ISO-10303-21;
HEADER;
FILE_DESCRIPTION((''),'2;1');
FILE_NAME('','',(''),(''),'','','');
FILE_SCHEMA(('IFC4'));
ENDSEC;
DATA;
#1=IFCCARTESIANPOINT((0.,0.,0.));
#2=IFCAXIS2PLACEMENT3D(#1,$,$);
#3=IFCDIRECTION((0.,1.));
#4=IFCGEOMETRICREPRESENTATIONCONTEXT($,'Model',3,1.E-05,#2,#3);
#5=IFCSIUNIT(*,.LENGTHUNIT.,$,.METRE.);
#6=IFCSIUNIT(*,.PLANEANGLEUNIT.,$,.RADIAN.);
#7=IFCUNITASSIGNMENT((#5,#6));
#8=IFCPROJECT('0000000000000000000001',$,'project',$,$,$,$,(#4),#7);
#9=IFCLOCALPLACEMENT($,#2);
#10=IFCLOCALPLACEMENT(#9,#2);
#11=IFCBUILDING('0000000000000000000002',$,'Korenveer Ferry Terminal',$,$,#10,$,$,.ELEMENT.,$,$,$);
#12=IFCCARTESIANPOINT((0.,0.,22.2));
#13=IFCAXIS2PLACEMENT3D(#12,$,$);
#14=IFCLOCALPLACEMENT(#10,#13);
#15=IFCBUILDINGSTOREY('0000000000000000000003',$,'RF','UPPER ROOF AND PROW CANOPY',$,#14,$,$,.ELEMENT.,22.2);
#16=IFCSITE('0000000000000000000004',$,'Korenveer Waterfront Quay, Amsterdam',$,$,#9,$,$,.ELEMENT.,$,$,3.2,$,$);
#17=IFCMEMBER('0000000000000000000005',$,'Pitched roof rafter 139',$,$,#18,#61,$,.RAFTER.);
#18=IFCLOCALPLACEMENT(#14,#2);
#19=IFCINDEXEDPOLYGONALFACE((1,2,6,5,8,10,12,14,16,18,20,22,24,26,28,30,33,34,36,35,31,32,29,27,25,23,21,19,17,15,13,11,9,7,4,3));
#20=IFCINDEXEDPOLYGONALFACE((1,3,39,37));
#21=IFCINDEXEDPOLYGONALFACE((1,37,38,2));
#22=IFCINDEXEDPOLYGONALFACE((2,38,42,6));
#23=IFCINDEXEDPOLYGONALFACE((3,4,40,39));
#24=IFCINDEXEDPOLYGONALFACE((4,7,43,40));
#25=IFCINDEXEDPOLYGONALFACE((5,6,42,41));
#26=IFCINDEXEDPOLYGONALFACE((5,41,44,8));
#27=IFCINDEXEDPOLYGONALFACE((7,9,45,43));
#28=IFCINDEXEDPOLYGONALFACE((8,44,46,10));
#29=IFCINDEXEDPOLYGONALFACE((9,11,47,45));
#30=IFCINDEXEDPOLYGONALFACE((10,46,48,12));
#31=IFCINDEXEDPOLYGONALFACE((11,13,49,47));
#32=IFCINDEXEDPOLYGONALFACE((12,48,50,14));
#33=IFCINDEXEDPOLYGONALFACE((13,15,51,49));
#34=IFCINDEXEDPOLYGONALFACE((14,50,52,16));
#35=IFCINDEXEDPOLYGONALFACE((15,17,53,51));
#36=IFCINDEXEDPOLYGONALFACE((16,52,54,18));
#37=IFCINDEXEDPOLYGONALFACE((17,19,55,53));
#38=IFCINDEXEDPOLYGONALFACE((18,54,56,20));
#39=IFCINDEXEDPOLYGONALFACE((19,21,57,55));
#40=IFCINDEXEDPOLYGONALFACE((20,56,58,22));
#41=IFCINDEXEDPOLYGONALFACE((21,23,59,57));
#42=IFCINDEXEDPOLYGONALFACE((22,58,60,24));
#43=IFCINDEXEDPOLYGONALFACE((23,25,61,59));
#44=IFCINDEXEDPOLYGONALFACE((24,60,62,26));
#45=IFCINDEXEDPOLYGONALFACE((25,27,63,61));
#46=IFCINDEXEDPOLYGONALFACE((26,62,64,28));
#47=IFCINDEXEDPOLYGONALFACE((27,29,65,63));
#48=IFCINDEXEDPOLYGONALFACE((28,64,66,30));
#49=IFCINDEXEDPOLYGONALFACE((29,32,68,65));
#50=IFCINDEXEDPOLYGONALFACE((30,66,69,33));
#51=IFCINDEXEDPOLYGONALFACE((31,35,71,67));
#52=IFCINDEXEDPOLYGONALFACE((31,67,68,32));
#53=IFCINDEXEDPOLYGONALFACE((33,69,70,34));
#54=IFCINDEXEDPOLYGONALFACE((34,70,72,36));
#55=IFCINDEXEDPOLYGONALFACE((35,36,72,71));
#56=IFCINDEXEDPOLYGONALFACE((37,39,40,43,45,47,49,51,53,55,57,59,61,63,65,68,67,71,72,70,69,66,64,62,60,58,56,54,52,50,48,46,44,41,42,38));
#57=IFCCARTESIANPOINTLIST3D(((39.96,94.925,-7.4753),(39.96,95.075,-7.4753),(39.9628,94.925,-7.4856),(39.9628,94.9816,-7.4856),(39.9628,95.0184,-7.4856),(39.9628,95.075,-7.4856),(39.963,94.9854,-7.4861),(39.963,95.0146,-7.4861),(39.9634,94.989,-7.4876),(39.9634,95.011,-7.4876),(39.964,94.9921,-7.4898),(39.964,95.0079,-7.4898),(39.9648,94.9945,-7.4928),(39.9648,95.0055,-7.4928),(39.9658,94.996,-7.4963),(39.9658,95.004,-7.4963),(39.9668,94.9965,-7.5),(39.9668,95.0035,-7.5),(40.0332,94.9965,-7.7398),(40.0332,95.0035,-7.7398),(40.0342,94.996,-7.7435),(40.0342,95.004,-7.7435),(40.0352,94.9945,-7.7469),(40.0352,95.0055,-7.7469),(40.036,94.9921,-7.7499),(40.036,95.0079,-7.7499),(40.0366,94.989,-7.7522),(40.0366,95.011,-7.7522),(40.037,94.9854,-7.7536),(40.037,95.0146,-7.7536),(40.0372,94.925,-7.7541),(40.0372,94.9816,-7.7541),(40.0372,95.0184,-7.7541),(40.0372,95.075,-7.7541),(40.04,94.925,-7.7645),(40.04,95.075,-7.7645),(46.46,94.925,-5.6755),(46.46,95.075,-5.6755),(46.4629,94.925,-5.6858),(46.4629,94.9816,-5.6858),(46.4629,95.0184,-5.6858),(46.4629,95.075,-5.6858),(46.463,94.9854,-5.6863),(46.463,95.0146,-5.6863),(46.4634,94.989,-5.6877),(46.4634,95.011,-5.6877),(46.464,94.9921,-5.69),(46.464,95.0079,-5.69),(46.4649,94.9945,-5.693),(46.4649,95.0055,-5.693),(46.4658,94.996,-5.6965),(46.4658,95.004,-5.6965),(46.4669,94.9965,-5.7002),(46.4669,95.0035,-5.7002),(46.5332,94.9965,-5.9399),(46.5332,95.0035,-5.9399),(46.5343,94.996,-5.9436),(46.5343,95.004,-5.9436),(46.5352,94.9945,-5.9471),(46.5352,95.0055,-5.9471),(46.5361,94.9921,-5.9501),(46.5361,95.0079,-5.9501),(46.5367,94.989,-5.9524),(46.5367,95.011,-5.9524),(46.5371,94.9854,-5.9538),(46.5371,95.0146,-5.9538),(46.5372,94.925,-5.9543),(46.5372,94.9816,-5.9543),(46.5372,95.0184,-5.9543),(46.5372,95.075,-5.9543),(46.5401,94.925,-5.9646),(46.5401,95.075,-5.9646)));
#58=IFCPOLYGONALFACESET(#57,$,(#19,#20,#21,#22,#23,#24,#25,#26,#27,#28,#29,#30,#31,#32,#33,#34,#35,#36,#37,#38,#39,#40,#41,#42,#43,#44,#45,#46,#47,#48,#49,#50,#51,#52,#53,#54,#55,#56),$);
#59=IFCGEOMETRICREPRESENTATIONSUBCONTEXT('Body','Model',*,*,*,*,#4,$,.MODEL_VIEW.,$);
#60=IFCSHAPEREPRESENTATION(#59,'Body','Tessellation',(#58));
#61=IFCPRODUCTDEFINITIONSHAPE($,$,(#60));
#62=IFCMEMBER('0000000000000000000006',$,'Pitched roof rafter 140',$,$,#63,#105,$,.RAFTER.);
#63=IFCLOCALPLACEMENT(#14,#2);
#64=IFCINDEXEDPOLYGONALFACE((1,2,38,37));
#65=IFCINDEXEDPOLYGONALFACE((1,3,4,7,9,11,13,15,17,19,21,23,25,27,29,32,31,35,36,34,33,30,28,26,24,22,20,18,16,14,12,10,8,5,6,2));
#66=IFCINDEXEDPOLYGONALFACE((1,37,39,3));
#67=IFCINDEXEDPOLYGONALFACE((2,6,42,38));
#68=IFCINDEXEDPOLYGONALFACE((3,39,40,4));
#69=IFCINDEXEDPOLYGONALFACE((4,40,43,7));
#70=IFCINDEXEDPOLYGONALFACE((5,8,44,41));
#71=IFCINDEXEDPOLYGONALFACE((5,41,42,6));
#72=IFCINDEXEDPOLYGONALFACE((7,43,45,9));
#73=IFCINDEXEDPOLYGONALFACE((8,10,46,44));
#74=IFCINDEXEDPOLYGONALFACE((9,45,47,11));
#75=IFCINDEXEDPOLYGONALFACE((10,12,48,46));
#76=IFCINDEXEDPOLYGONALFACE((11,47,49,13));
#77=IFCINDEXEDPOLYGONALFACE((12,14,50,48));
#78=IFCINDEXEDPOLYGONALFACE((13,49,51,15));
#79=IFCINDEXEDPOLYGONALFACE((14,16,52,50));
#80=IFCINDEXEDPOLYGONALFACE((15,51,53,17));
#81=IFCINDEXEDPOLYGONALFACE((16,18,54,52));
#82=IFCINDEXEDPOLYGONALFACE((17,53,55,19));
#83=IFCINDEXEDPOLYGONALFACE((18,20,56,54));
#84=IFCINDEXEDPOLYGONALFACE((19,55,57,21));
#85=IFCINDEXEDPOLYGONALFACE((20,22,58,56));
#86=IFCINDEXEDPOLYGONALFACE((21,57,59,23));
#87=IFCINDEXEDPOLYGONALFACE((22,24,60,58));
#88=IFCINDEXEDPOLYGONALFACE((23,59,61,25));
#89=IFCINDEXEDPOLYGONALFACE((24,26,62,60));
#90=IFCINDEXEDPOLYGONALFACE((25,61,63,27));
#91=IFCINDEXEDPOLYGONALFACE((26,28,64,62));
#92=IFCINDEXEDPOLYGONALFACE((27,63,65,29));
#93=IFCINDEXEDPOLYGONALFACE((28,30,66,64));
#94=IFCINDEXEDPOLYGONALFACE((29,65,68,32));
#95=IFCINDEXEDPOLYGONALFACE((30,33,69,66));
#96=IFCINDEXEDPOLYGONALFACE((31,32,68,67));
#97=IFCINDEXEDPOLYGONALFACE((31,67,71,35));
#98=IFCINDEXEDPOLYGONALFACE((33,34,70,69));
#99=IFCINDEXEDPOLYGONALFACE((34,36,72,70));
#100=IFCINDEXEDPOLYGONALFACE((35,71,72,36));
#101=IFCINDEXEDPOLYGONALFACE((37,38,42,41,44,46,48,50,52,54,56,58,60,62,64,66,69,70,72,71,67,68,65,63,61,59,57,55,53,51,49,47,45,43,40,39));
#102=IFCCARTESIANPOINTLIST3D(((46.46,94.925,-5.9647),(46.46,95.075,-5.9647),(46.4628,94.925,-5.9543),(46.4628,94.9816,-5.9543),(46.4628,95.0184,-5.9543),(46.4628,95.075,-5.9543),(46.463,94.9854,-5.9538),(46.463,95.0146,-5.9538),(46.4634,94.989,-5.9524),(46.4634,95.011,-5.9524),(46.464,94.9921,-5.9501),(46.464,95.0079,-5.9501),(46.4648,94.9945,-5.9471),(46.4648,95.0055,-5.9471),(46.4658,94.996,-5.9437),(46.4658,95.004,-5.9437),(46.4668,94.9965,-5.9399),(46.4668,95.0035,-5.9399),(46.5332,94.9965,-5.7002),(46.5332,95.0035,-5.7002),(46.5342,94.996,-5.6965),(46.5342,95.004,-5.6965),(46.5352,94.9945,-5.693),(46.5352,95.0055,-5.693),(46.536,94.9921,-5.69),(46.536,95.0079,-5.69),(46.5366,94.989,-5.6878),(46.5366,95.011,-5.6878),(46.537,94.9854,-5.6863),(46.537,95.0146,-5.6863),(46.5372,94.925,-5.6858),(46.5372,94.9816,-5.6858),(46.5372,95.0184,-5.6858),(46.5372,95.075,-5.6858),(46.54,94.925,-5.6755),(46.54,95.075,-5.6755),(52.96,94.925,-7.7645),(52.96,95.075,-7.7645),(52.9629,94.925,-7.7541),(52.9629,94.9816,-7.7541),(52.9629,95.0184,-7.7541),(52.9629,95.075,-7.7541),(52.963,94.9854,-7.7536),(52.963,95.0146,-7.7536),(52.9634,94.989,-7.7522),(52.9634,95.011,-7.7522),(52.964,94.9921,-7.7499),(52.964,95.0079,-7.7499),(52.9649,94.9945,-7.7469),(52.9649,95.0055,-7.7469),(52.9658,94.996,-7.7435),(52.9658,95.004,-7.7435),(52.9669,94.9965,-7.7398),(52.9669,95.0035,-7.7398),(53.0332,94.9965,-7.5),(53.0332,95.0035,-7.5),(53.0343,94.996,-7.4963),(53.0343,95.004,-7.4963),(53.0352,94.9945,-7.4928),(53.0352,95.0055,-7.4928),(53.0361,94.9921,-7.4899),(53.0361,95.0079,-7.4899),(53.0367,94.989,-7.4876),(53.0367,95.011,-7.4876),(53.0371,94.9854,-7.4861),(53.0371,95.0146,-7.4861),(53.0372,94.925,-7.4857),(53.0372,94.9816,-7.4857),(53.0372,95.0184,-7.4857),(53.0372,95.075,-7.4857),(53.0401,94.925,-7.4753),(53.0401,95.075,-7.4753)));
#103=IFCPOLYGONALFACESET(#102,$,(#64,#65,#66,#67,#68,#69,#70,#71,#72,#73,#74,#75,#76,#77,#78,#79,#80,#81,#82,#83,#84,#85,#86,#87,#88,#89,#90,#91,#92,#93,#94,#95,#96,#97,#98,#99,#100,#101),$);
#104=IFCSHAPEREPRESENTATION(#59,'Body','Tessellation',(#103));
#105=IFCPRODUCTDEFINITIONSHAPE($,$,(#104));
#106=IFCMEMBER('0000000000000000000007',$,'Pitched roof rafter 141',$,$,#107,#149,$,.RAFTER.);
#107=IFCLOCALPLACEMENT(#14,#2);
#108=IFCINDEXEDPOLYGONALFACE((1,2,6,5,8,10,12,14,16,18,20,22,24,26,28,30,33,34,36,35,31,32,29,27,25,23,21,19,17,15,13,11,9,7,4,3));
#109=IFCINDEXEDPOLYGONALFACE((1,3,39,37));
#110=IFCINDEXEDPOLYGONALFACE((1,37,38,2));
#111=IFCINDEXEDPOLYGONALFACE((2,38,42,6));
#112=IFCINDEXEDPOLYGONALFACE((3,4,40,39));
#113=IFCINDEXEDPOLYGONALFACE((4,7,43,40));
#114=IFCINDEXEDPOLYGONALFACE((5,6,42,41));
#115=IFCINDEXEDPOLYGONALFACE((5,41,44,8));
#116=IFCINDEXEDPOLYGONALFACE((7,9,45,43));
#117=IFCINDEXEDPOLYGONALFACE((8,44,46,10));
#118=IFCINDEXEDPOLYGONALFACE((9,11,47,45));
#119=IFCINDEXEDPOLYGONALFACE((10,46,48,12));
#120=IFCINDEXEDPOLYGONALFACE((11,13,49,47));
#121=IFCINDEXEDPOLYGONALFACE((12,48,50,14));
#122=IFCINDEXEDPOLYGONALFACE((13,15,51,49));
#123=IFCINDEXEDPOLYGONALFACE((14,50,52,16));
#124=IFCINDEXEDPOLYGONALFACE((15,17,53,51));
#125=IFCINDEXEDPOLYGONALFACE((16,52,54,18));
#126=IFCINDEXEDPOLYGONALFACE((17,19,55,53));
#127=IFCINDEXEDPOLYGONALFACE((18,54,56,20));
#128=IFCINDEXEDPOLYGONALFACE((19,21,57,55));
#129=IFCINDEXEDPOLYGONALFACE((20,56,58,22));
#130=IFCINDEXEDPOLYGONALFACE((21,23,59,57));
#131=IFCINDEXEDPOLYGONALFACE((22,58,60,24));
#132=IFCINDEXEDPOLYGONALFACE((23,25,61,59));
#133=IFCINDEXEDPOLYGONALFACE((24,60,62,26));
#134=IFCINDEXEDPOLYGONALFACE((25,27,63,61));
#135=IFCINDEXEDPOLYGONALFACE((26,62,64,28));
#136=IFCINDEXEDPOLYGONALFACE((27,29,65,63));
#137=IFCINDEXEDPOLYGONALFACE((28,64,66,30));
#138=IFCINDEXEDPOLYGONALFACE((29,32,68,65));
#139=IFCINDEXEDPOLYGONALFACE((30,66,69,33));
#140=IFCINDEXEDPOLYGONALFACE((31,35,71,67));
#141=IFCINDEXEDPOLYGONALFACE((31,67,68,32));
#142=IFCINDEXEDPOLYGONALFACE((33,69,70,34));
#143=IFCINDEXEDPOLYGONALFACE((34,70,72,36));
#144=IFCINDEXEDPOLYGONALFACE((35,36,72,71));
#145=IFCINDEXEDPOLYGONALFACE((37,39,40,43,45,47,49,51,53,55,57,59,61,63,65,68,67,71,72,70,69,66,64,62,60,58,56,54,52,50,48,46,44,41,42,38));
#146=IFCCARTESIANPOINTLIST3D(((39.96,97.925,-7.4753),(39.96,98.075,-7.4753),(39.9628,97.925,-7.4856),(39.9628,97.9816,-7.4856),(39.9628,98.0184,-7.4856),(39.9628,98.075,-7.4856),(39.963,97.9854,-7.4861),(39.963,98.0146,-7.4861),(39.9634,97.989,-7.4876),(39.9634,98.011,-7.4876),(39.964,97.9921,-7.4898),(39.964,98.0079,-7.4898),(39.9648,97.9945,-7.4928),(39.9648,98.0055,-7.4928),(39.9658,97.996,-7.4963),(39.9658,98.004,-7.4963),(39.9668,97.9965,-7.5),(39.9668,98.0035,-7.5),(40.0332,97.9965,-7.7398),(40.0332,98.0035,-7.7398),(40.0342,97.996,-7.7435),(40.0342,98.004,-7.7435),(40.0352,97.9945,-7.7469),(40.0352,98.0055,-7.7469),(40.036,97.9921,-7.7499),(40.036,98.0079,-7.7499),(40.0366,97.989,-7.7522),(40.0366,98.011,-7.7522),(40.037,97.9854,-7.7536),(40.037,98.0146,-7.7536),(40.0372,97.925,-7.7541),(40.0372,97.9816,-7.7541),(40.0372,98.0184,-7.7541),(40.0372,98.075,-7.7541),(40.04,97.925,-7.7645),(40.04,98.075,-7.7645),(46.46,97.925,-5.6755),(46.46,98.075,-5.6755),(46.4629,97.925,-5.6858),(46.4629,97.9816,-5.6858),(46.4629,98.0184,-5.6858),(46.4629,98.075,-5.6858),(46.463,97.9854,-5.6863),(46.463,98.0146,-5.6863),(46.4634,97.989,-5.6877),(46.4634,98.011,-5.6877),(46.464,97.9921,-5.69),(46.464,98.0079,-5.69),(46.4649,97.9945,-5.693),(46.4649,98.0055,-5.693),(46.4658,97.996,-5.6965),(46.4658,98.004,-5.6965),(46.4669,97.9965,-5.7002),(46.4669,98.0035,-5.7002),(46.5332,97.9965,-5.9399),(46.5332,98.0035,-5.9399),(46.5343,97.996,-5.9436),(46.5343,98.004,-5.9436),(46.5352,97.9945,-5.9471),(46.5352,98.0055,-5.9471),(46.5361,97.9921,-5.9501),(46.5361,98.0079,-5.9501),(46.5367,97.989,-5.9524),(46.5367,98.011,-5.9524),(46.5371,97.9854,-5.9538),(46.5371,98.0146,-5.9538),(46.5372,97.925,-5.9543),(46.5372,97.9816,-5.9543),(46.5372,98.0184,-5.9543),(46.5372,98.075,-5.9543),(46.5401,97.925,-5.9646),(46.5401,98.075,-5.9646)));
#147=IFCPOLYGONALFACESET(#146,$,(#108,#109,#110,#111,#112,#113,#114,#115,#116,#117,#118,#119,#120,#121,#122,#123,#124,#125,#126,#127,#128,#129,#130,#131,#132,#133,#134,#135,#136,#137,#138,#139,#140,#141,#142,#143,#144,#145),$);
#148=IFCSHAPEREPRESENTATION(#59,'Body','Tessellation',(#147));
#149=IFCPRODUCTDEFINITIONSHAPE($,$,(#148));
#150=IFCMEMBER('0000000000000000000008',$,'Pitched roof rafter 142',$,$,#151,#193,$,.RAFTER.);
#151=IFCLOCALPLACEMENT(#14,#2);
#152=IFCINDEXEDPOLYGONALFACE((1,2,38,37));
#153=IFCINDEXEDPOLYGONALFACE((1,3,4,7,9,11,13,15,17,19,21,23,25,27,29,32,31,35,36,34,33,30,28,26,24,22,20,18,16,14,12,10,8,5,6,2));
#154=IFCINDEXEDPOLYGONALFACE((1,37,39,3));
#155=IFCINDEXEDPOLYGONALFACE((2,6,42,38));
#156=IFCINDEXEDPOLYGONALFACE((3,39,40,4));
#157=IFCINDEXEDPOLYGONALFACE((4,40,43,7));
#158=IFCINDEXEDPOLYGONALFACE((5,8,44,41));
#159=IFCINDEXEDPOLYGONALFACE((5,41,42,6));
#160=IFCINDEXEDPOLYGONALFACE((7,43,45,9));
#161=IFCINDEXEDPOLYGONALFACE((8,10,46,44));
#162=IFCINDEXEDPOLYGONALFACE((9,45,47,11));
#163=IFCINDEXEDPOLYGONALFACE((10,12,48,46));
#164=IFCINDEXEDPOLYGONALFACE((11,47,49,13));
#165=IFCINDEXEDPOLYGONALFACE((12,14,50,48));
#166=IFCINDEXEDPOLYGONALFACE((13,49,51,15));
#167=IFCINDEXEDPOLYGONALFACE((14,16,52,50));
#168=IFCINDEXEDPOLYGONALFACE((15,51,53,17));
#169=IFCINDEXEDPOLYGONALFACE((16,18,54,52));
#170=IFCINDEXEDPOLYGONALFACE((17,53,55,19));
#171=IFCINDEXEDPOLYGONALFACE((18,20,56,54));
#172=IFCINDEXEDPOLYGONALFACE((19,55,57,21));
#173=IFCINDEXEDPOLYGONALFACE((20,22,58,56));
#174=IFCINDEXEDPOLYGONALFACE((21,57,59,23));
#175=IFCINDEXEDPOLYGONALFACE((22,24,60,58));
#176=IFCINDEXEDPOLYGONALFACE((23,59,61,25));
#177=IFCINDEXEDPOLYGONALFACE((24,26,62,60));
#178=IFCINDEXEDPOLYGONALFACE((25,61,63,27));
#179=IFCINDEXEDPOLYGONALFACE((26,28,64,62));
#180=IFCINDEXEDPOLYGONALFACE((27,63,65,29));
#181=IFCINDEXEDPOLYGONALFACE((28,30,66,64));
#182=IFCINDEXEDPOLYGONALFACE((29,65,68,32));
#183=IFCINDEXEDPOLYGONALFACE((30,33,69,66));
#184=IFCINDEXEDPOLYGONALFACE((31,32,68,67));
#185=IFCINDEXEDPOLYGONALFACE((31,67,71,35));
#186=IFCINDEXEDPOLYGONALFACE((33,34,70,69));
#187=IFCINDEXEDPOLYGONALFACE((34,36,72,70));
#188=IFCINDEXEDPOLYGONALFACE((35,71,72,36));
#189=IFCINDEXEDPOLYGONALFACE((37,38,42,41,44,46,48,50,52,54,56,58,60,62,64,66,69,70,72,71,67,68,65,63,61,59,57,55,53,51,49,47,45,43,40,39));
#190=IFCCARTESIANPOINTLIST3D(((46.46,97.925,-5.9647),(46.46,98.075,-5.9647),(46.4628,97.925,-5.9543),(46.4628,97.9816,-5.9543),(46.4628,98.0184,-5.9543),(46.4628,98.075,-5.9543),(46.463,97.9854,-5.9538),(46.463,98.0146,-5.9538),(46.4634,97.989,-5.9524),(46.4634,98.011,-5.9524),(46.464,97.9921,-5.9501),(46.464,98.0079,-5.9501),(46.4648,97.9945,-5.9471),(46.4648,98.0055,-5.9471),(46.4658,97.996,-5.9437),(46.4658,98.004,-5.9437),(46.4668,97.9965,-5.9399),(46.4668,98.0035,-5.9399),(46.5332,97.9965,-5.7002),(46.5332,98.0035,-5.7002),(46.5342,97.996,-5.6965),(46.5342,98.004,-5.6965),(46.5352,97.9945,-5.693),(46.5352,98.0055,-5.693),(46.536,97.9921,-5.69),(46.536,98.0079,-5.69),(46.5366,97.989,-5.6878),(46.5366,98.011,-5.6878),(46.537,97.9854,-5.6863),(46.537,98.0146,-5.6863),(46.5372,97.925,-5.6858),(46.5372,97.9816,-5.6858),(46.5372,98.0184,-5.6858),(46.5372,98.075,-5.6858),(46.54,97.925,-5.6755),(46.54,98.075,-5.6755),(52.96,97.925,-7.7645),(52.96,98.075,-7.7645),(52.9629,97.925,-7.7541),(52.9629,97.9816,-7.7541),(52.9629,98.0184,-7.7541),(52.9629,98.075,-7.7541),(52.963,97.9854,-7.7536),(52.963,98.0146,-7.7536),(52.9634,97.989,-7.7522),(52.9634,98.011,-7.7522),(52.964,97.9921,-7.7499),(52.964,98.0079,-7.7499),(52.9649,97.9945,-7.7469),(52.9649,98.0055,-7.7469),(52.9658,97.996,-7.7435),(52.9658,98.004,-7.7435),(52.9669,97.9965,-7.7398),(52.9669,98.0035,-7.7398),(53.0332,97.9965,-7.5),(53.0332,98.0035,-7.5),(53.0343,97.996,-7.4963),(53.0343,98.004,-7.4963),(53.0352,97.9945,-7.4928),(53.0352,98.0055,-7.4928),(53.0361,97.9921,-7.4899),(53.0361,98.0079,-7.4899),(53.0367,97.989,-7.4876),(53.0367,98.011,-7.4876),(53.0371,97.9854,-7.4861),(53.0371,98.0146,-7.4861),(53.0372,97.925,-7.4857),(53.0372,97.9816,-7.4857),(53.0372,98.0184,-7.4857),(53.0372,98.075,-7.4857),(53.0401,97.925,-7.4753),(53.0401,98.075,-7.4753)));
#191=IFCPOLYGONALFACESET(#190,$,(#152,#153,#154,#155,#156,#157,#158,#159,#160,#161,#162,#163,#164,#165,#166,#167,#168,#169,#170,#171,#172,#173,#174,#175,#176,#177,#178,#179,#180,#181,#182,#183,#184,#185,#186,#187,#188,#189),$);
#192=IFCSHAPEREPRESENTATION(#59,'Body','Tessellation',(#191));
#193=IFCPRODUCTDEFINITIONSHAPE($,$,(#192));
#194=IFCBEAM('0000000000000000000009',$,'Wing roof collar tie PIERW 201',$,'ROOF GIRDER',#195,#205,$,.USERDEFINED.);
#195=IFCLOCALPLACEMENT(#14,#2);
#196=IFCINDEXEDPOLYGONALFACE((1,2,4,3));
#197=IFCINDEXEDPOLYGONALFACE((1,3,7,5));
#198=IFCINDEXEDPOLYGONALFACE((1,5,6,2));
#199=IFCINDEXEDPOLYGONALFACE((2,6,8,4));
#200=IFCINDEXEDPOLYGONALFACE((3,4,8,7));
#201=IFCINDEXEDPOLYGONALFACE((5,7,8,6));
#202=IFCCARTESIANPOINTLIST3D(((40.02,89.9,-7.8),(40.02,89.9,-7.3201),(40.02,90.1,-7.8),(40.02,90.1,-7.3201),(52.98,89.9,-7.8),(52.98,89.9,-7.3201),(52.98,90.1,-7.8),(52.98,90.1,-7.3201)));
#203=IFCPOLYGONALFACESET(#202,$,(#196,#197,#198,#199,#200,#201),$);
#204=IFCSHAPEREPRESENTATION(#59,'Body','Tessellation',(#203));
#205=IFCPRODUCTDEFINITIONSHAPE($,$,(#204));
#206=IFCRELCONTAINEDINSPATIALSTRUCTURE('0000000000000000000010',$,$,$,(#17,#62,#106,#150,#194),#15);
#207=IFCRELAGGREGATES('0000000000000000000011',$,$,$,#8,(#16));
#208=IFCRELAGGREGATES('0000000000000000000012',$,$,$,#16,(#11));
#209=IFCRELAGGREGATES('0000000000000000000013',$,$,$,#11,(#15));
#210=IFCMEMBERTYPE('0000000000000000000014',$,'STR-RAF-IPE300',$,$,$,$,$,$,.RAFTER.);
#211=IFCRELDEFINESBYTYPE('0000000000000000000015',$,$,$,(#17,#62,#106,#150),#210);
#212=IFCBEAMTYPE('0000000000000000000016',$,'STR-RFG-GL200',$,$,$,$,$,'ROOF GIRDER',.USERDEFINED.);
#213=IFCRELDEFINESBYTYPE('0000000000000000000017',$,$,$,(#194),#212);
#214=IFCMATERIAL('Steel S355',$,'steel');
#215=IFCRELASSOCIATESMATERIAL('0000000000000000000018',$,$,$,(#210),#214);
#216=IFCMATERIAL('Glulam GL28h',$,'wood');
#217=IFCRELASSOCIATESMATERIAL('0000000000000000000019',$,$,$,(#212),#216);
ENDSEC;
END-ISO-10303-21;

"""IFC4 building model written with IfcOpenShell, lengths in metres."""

from ifc_helpers import new_model, si_unit, direction, frame, origin, origin_2d, place, context, subcontext, project, spatial, rectangle, i_section, extrude, material, material_profile, profile_set, type_object, element, save


model = new_model("IFC4")

# Units and contexts
model_context = context("Model", 3, precision=1e-05, world=origin(), true_north=direction((0.0, 1.0)))
body_context = subcontext(model_context, "Body", "Model", "MODEL_VIEW")
ifc_project = project(units=[si_unit("LENGTHUNIT", "METRE"), si_unit("PLANEANGLEUNIT", "RADIAN")], contexts=[model_context])

# Site, building, storey
site_placement = place(None, origin())
site = spatial("IfcSite", under=ifc_project, at=site_placement, Name="Korenveer Waterfront Quay, Amsterdam", CompositionType="ELEMENT", RefElevation=3.2)
building_placement = place(site_placement, origin())
building = spatial("IfcBuilding", under=site, at=building_placement, Name="Korenveer Ferry Terminal", CompositionType="ELEMENT")
storey_placement = place(building_placement, frame((0.0, 0.0, 22.2)))
storey = spatial("IfcBuildingStorey", under=building, at=storey_placement, Name="RF", Description="UPPER ROOF AND PROW CANOPY", CompositionType="ELEMENT", Elevation=22.2)

# Shared definitions
ifc_material_1 = material(Name="Steel S355", Category="steel")

# Members
ifc_material_2 = material(Name="Glulam GL28h", Category="wood")
ifc_material_profile_1 = material_profile(ifc_material_1, i_section(OverallWidth=0.1499, OverallDepth=0.3, WebThickness=0.0071, FlangeThickness=0.0107, FilletRadius=0.0149, at=origin_2d()), Name="IPE 300")
ifc_profile_set_1 = profile_set([ifc_material_profile_1], Name="Steel S355")
member_type_1 = type_object("IfcMemberType", Name="STR-RAF-IPE300", PredefinedType="RAFTER", material=ifc_profile_set_1)
for number, where, z_axis, x_axis, name in (
    (1, (40.0, 95.0, -7.6199), (0.963737, 0.0, 0.266852), (0.0, 1.0, 0.0), "Pitched roof rafter 139"),
    (2, (46.5, 95.0, -5.8201), (0.963737, 0.0, -0.266852), (0.0, 1.0, 0.0), "Pitched roof rafter 140"),
    (3, (40.0, 98.0, -7.6199), (0.963737, 0.0, 0.266852), (0.0, 1.0, 0.0), "Pitched roof rafter 141"),
    (4, (46.5, 98.0, -5.8201), (0.963737, 0.0, -0.266852), (0.0, 1.0, 0.0), "Pitched roof rafter 142"),
):
    element("IfcMember", number, at=place(storey_placement, frame(where, z_axis=z_axis, x_axis=x_axis)), inside=storey, type_object=member_type_1, Name=name, PredefinedType="RAFTER", context=body_context, shape_type="SweptSolid", body=[
        extrude(i_section(OverallWidth=0.1499, OverallDepth=0.3, WebThickness=0.0071, FlangeThickness=0.0107, FilletRadius=0.0149, at=origin_2d()), origin(), (0.0, 0.0, 1.0), 6.7446),
    ])

# Beam
ifc_material_profile_2 = material_profile(ifc_material_2, rectangle(XDim=0.2, YDim=0.48, at=origin_2d()), Name="GL 200x480")
ifc_profile_set_2 = profile_set([ifc_material_profile_2], Name="Glulam GL28h")
beam_type_1 = type_object("IfcBeamType", Name="STR-RFG-GL200", ElementType="ROOF GIRDER", PredefinedType="USERDEFINED", material=ifc_profile_set_2)
beam_1_placement = place(storey_placement, frame((40.02, 90.0, -7.5601), z_axis=(1.0, 0.0, 0.0), x_axis=(0.0, 1.0, 0.0)))
element("IfcBeam", 5, at=beam_1_placement, inside=storey, type_object=beam_type_1, Name="Wing roof collar tie PIERW 201", ObjectType="ROOF GIRDER", PredefinedType="USERDEFINED", context=body_context, shape_type="SweptSolid", body=[
    extrude(rectangle(XDim=0.2, YDim=0.48, at=origin_2d()), origin(), (0.0, 0.0, 1.0), 12.96),
])

save(model, "model.ifc")
